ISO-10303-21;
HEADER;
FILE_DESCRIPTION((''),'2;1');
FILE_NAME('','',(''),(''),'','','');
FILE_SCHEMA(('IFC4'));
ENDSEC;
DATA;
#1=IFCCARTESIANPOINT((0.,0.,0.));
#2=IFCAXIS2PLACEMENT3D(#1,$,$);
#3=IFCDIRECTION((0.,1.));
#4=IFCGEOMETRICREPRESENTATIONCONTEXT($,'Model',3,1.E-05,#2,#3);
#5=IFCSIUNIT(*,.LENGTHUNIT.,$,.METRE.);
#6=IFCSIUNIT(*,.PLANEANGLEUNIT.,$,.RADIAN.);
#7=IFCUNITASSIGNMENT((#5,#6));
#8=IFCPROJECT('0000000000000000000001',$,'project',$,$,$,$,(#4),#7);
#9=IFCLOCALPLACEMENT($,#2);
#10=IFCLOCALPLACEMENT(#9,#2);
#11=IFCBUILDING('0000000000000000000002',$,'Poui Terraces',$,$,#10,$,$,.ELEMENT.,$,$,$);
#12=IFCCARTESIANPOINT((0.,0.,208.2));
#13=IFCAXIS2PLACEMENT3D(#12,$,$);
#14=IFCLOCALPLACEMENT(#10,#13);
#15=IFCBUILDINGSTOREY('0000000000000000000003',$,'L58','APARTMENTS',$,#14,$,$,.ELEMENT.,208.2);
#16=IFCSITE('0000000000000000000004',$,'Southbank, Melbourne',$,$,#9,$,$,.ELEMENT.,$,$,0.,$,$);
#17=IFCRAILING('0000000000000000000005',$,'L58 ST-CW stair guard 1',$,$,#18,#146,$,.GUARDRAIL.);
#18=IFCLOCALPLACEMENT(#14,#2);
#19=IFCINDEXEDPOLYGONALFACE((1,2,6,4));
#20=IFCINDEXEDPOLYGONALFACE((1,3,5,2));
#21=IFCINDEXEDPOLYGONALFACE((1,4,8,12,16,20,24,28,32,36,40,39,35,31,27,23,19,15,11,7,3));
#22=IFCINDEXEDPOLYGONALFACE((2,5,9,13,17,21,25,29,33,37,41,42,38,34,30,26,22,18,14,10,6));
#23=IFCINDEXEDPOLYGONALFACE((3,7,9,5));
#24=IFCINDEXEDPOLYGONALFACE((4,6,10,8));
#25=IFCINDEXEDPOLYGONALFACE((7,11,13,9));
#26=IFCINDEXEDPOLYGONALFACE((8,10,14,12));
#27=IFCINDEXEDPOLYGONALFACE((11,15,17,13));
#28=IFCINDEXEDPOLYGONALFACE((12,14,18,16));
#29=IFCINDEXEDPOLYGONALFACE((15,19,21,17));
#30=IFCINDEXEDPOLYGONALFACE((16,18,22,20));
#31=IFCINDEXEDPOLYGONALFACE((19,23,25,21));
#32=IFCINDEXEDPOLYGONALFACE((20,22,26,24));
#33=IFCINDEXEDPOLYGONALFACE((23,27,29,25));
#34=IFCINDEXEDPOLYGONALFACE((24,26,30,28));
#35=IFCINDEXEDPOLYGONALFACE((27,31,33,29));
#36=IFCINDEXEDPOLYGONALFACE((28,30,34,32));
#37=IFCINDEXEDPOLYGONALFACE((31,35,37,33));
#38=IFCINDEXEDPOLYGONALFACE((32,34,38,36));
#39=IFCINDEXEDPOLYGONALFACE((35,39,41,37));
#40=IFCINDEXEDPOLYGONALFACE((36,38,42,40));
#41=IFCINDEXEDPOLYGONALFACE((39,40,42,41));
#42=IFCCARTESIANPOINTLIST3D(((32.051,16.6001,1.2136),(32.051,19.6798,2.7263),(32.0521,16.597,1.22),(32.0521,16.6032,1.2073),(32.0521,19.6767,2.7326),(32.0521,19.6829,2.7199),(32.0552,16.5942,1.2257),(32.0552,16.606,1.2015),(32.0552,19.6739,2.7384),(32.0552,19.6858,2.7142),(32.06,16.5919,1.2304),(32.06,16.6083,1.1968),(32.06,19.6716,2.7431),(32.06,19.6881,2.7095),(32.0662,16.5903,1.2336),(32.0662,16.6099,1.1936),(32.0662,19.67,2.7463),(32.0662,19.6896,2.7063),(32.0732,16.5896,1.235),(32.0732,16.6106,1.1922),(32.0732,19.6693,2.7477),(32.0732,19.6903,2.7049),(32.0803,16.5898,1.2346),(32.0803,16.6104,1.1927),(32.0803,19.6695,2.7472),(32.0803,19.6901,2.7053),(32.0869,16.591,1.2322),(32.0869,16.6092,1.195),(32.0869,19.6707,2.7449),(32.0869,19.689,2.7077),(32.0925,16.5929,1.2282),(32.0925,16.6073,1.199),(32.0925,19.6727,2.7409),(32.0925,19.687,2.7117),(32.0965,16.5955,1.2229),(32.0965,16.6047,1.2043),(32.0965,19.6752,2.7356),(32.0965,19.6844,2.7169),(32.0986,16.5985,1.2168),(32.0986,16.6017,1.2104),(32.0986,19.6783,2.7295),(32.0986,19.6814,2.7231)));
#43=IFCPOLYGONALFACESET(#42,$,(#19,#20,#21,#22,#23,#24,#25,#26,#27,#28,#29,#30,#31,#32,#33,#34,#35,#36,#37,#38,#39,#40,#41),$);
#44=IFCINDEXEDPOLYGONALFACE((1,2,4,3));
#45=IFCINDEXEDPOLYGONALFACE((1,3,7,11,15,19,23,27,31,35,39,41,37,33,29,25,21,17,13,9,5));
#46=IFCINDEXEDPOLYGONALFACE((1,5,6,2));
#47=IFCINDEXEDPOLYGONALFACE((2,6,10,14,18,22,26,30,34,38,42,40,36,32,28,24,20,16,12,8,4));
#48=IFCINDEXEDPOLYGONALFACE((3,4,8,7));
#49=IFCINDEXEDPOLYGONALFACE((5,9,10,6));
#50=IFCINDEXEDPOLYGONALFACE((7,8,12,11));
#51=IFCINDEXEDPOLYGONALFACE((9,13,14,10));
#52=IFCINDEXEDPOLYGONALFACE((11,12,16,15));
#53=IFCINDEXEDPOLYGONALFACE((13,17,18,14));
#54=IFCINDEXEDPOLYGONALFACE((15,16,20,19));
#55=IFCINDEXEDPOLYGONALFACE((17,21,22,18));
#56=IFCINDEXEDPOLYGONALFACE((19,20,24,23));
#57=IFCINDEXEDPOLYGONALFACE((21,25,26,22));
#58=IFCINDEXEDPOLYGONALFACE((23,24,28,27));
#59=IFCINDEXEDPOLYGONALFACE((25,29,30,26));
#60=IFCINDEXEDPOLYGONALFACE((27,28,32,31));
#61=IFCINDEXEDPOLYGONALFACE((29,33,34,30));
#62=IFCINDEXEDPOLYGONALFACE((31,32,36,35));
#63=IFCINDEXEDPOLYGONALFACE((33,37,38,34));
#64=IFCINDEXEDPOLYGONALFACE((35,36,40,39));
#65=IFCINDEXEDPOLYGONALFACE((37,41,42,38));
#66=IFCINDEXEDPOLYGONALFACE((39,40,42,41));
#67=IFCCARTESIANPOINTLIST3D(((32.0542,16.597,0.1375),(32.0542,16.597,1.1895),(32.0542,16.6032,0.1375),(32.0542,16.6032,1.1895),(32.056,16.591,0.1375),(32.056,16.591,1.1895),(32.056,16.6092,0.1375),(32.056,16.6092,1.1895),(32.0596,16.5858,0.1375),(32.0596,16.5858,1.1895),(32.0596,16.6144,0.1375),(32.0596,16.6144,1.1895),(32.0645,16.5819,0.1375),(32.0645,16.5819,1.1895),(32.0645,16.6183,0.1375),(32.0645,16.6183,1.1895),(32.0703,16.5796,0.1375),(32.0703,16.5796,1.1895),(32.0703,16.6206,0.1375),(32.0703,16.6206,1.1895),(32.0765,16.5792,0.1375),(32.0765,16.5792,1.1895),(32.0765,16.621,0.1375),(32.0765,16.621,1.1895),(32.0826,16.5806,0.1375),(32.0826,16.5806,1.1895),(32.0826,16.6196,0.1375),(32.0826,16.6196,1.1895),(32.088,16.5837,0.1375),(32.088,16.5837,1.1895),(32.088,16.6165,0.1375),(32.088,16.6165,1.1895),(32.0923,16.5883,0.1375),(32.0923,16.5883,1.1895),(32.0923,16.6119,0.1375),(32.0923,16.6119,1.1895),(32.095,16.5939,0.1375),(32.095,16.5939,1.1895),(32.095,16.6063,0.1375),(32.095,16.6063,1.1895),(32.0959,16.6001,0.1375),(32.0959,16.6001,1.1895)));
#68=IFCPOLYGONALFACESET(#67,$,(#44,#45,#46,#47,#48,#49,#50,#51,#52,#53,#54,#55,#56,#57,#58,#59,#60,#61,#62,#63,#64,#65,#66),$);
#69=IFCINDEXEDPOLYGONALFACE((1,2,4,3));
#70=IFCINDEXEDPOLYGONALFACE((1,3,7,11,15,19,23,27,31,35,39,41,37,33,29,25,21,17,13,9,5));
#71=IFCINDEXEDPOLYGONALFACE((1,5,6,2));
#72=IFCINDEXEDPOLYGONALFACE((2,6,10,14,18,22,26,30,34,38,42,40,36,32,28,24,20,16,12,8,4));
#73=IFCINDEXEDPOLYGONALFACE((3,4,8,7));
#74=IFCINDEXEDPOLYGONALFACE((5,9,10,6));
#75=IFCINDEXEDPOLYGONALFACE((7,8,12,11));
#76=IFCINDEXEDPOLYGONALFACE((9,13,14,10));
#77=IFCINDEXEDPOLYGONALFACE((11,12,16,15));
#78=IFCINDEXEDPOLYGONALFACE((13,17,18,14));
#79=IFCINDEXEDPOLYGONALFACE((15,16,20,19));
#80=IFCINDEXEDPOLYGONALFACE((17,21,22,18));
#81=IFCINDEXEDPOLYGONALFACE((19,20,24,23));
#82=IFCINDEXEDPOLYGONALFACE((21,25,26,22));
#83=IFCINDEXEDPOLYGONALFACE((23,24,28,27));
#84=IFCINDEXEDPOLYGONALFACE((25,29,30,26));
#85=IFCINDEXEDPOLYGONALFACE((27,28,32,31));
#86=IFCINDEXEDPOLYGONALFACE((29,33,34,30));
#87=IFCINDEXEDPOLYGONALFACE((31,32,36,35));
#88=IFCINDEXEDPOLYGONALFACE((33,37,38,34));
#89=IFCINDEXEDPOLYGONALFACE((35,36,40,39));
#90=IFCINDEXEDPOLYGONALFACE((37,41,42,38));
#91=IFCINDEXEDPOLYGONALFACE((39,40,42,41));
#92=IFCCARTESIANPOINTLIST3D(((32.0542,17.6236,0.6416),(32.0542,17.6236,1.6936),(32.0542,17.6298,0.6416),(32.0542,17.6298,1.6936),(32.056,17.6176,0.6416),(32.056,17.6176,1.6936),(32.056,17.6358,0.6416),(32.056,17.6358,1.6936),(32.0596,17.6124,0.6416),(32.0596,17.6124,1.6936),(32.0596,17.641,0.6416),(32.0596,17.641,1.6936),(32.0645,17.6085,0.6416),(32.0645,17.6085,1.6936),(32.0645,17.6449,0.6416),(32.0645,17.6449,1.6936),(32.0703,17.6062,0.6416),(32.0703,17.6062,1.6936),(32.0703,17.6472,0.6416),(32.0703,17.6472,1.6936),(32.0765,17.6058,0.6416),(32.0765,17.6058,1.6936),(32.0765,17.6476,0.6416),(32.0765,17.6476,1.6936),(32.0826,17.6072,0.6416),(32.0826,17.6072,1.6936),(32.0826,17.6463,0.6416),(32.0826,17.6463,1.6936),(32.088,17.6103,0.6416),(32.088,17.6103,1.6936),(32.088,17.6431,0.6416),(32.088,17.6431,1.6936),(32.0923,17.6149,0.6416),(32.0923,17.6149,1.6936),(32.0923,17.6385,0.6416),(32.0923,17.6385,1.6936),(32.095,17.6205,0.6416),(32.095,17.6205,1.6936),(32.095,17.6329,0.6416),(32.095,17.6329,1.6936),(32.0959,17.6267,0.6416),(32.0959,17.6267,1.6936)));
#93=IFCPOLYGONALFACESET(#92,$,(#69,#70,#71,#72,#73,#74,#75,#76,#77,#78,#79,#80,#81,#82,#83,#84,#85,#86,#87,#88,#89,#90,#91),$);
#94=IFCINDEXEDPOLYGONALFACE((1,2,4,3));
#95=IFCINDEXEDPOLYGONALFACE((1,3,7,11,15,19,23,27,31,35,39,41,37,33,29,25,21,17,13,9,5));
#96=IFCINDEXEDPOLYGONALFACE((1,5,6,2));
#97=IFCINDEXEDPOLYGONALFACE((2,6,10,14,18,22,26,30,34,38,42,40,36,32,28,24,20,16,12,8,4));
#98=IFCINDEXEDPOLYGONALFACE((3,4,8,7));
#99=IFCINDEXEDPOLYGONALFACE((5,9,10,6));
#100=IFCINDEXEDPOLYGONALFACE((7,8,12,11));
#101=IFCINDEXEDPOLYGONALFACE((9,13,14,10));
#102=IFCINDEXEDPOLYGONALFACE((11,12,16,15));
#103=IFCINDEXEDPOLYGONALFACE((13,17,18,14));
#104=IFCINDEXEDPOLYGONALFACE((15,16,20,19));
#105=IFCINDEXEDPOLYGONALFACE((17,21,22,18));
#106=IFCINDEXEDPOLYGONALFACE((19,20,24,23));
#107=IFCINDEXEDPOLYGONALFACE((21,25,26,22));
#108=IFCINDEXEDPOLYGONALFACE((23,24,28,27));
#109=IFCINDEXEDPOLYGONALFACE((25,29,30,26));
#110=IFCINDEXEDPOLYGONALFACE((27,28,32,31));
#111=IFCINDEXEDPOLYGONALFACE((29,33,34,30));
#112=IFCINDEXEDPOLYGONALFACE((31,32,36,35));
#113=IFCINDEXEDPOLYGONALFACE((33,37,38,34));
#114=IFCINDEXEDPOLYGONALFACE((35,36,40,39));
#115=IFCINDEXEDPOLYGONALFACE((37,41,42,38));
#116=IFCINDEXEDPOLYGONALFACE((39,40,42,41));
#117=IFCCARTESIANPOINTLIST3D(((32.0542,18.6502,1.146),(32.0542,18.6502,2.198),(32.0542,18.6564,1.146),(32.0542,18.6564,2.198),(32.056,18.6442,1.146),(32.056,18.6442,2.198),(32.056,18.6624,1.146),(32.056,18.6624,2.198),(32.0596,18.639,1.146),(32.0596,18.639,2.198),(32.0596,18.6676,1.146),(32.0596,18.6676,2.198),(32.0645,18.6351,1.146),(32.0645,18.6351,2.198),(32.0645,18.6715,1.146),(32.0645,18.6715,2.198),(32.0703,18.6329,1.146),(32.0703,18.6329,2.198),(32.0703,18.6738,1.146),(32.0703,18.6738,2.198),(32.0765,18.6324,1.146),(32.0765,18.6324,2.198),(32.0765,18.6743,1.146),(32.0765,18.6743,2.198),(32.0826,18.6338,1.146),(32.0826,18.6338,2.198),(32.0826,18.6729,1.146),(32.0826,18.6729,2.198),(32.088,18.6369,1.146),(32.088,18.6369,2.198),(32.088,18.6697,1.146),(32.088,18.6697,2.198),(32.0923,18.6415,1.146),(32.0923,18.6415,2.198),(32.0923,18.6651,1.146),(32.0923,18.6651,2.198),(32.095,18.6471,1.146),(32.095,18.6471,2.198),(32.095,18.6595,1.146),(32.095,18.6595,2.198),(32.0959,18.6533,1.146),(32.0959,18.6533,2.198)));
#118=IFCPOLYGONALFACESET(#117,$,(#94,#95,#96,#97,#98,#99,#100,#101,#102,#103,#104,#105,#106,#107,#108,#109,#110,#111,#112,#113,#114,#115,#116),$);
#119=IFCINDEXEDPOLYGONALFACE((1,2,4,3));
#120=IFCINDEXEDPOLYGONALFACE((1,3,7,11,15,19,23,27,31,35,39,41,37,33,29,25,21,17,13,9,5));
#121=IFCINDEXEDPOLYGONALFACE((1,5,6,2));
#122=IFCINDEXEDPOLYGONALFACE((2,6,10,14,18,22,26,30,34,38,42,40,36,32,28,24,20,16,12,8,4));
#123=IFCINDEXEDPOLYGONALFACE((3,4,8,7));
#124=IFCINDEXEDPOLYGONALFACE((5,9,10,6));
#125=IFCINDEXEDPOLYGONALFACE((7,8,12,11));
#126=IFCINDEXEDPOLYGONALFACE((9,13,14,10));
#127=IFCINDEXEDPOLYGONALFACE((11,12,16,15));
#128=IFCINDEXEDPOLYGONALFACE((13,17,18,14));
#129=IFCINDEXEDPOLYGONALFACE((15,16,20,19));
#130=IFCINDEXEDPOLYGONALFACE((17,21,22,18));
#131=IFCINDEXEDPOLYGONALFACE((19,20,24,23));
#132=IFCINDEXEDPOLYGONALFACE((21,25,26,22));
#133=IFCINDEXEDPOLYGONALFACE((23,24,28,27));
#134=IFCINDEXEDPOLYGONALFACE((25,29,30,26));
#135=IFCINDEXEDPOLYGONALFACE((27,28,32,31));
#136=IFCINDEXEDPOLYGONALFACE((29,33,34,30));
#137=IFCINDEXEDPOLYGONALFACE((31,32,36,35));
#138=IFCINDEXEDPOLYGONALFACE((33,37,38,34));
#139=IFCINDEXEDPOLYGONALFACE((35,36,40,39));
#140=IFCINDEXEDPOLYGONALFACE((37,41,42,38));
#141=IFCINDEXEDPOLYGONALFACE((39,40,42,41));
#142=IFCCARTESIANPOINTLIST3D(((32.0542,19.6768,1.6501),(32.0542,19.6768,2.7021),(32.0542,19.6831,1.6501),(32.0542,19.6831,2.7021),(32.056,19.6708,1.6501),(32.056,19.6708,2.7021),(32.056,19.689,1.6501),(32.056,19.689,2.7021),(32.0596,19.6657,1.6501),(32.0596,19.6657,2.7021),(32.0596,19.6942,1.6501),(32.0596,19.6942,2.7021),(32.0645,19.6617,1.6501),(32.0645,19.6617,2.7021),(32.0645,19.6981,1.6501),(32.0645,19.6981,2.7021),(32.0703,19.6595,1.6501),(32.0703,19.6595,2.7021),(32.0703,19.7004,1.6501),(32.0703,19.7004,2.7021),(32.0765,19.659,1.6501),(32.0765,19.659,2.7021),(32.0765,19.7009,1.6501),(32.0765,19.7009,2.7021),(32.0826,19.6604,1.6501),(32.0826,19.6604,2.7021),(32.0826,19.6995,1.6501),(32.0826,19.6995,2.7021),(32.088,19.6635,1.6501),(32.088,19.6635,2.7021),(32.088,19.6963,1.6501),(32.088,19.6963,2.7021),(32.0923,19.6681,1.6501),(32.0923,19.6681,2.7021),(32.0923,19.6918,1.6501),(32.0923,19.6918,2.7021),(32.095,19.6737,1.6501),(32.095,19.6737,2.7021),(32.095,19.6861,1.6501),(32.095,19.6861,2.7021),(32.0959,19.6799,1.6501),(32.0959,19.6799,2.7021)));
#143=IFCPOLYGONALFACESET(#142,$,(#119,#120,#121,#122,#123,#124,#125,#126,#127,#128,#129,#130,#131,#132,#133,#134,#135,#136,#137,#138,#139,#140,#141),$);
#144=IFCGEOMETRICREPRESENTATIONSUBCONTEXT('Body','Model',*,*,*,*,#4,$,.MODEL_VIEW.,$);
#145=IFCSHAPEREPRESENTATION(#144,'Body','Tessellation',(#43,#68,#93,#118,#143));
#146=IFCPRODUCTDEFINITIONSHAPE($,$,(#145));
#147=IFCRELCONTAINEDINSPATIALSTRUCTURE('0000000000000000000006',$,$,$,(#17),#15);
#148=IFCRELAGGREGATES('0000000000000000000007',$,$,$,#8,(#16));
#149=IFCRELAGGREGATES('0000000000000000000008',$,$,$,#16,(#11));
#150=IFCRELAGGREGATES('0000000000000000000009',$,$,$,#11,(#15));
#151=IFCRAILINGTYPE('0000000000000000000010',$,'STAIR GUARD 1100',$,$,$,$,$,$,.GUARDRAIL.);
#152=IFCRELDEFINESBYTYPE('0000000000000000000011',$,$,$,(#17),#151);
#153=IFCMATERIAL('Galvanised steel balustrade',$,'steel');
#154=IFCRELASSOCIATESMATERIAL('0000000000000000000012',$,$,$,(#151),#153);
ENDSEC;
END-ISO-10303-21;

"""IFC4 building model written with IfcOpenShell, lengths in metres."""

from ifc_helpers import new_model, si_unit, direction, frame, origin, origin_2d, place, context, subcontext, project, spatial, circle, extrude, material, type_object, element, save


model = new_model("IFC4")

# Units and contexts
model_context = context("Model", 3, precision=1e-05, world=origin(), true_north=direction((0.0, 1.0)))
body_context = subcontext(model_context, "Body", "Model", "MODEL_VIEW")
ifc_project = project(units=[si_unit("LENGTHUNIT", "METRE"), si_unit("PLANEANGLEUNIT", "RADIAN")], contexts=[model_context])

# Site, building, storey
site_placement = place(None, origin())
site = spatial("IfcSite", under=ifc_project, at=site_placement, Name="Southbank, Melbourne", CompositionType="ELEMENT", RefElevation=0.0)
building_placement = place(site_placement, origin())
building = spatial("IfcBuilding", under=site, at=building_placement, Name="Poui Terraces", CompositionType="ELEMENT")
storey_placement = place(building_placement, frame((0.0, 0.0, 208.2)))
storey = spatial("IfcBuildingStorey", under=building, at=storey_placement, Name="L58", Description="APARTMENTS", CompositionType="ELEMENT", Elevation=208.2)

# Railing
ifc_material_1 = material(Name="Galvanised steel balustrade", Category="steel")
railing_type_1 = type_object("IfcRailingType", Name="STAIR GUARD 1100", PredefinedType="GUARDRAIL", material=ifc_material_1)
railing_1_placement = place(storey_placement, frame((32.075, 16.6001, 0.1375)))
element("IfcRailing", 1, at=railing_1_placement, inside=storey, type_object=railing_type_1, Name="L58 ST-CW stair guard 1", PredefinedType="GUARDRAIL", context=body_context, shape_type="SweptSolid", body=[
    extrude(circle(Radius=0.0239, at=origin_2d()), frame((0.0, 0.0, 1.0762), z_axis=(0.0, 0.897578, 0.440856), x_axis=(-1.0, 0.0, 0.0)), (0.0, 0.0, 1.0), 3.4312),
    extrude(circle(Radius=0.021, at=origin_2d()), origin(), (0.0, 0.0, 1.0), 1.052),
    extrude(circle(Radius=0.021, at=origin_2d()), frame((0.0, 1.0266, 0.5042)), (0.0, 0.0, 1.0), 1.052),
    extrude(circle(Radius=0.021, at=origin_2d()), frame((0.0, 2.0532, 1.0085)), (0.0, 0.0, 1.0), 1.052),
    extrude(circle(Radius=0.021, at=origin_2d()), frame((0.0, 3.0798, 1.5127)), (0.0, 0.0, 1.0), 1.052),
])

save(model, "model.ifc")
